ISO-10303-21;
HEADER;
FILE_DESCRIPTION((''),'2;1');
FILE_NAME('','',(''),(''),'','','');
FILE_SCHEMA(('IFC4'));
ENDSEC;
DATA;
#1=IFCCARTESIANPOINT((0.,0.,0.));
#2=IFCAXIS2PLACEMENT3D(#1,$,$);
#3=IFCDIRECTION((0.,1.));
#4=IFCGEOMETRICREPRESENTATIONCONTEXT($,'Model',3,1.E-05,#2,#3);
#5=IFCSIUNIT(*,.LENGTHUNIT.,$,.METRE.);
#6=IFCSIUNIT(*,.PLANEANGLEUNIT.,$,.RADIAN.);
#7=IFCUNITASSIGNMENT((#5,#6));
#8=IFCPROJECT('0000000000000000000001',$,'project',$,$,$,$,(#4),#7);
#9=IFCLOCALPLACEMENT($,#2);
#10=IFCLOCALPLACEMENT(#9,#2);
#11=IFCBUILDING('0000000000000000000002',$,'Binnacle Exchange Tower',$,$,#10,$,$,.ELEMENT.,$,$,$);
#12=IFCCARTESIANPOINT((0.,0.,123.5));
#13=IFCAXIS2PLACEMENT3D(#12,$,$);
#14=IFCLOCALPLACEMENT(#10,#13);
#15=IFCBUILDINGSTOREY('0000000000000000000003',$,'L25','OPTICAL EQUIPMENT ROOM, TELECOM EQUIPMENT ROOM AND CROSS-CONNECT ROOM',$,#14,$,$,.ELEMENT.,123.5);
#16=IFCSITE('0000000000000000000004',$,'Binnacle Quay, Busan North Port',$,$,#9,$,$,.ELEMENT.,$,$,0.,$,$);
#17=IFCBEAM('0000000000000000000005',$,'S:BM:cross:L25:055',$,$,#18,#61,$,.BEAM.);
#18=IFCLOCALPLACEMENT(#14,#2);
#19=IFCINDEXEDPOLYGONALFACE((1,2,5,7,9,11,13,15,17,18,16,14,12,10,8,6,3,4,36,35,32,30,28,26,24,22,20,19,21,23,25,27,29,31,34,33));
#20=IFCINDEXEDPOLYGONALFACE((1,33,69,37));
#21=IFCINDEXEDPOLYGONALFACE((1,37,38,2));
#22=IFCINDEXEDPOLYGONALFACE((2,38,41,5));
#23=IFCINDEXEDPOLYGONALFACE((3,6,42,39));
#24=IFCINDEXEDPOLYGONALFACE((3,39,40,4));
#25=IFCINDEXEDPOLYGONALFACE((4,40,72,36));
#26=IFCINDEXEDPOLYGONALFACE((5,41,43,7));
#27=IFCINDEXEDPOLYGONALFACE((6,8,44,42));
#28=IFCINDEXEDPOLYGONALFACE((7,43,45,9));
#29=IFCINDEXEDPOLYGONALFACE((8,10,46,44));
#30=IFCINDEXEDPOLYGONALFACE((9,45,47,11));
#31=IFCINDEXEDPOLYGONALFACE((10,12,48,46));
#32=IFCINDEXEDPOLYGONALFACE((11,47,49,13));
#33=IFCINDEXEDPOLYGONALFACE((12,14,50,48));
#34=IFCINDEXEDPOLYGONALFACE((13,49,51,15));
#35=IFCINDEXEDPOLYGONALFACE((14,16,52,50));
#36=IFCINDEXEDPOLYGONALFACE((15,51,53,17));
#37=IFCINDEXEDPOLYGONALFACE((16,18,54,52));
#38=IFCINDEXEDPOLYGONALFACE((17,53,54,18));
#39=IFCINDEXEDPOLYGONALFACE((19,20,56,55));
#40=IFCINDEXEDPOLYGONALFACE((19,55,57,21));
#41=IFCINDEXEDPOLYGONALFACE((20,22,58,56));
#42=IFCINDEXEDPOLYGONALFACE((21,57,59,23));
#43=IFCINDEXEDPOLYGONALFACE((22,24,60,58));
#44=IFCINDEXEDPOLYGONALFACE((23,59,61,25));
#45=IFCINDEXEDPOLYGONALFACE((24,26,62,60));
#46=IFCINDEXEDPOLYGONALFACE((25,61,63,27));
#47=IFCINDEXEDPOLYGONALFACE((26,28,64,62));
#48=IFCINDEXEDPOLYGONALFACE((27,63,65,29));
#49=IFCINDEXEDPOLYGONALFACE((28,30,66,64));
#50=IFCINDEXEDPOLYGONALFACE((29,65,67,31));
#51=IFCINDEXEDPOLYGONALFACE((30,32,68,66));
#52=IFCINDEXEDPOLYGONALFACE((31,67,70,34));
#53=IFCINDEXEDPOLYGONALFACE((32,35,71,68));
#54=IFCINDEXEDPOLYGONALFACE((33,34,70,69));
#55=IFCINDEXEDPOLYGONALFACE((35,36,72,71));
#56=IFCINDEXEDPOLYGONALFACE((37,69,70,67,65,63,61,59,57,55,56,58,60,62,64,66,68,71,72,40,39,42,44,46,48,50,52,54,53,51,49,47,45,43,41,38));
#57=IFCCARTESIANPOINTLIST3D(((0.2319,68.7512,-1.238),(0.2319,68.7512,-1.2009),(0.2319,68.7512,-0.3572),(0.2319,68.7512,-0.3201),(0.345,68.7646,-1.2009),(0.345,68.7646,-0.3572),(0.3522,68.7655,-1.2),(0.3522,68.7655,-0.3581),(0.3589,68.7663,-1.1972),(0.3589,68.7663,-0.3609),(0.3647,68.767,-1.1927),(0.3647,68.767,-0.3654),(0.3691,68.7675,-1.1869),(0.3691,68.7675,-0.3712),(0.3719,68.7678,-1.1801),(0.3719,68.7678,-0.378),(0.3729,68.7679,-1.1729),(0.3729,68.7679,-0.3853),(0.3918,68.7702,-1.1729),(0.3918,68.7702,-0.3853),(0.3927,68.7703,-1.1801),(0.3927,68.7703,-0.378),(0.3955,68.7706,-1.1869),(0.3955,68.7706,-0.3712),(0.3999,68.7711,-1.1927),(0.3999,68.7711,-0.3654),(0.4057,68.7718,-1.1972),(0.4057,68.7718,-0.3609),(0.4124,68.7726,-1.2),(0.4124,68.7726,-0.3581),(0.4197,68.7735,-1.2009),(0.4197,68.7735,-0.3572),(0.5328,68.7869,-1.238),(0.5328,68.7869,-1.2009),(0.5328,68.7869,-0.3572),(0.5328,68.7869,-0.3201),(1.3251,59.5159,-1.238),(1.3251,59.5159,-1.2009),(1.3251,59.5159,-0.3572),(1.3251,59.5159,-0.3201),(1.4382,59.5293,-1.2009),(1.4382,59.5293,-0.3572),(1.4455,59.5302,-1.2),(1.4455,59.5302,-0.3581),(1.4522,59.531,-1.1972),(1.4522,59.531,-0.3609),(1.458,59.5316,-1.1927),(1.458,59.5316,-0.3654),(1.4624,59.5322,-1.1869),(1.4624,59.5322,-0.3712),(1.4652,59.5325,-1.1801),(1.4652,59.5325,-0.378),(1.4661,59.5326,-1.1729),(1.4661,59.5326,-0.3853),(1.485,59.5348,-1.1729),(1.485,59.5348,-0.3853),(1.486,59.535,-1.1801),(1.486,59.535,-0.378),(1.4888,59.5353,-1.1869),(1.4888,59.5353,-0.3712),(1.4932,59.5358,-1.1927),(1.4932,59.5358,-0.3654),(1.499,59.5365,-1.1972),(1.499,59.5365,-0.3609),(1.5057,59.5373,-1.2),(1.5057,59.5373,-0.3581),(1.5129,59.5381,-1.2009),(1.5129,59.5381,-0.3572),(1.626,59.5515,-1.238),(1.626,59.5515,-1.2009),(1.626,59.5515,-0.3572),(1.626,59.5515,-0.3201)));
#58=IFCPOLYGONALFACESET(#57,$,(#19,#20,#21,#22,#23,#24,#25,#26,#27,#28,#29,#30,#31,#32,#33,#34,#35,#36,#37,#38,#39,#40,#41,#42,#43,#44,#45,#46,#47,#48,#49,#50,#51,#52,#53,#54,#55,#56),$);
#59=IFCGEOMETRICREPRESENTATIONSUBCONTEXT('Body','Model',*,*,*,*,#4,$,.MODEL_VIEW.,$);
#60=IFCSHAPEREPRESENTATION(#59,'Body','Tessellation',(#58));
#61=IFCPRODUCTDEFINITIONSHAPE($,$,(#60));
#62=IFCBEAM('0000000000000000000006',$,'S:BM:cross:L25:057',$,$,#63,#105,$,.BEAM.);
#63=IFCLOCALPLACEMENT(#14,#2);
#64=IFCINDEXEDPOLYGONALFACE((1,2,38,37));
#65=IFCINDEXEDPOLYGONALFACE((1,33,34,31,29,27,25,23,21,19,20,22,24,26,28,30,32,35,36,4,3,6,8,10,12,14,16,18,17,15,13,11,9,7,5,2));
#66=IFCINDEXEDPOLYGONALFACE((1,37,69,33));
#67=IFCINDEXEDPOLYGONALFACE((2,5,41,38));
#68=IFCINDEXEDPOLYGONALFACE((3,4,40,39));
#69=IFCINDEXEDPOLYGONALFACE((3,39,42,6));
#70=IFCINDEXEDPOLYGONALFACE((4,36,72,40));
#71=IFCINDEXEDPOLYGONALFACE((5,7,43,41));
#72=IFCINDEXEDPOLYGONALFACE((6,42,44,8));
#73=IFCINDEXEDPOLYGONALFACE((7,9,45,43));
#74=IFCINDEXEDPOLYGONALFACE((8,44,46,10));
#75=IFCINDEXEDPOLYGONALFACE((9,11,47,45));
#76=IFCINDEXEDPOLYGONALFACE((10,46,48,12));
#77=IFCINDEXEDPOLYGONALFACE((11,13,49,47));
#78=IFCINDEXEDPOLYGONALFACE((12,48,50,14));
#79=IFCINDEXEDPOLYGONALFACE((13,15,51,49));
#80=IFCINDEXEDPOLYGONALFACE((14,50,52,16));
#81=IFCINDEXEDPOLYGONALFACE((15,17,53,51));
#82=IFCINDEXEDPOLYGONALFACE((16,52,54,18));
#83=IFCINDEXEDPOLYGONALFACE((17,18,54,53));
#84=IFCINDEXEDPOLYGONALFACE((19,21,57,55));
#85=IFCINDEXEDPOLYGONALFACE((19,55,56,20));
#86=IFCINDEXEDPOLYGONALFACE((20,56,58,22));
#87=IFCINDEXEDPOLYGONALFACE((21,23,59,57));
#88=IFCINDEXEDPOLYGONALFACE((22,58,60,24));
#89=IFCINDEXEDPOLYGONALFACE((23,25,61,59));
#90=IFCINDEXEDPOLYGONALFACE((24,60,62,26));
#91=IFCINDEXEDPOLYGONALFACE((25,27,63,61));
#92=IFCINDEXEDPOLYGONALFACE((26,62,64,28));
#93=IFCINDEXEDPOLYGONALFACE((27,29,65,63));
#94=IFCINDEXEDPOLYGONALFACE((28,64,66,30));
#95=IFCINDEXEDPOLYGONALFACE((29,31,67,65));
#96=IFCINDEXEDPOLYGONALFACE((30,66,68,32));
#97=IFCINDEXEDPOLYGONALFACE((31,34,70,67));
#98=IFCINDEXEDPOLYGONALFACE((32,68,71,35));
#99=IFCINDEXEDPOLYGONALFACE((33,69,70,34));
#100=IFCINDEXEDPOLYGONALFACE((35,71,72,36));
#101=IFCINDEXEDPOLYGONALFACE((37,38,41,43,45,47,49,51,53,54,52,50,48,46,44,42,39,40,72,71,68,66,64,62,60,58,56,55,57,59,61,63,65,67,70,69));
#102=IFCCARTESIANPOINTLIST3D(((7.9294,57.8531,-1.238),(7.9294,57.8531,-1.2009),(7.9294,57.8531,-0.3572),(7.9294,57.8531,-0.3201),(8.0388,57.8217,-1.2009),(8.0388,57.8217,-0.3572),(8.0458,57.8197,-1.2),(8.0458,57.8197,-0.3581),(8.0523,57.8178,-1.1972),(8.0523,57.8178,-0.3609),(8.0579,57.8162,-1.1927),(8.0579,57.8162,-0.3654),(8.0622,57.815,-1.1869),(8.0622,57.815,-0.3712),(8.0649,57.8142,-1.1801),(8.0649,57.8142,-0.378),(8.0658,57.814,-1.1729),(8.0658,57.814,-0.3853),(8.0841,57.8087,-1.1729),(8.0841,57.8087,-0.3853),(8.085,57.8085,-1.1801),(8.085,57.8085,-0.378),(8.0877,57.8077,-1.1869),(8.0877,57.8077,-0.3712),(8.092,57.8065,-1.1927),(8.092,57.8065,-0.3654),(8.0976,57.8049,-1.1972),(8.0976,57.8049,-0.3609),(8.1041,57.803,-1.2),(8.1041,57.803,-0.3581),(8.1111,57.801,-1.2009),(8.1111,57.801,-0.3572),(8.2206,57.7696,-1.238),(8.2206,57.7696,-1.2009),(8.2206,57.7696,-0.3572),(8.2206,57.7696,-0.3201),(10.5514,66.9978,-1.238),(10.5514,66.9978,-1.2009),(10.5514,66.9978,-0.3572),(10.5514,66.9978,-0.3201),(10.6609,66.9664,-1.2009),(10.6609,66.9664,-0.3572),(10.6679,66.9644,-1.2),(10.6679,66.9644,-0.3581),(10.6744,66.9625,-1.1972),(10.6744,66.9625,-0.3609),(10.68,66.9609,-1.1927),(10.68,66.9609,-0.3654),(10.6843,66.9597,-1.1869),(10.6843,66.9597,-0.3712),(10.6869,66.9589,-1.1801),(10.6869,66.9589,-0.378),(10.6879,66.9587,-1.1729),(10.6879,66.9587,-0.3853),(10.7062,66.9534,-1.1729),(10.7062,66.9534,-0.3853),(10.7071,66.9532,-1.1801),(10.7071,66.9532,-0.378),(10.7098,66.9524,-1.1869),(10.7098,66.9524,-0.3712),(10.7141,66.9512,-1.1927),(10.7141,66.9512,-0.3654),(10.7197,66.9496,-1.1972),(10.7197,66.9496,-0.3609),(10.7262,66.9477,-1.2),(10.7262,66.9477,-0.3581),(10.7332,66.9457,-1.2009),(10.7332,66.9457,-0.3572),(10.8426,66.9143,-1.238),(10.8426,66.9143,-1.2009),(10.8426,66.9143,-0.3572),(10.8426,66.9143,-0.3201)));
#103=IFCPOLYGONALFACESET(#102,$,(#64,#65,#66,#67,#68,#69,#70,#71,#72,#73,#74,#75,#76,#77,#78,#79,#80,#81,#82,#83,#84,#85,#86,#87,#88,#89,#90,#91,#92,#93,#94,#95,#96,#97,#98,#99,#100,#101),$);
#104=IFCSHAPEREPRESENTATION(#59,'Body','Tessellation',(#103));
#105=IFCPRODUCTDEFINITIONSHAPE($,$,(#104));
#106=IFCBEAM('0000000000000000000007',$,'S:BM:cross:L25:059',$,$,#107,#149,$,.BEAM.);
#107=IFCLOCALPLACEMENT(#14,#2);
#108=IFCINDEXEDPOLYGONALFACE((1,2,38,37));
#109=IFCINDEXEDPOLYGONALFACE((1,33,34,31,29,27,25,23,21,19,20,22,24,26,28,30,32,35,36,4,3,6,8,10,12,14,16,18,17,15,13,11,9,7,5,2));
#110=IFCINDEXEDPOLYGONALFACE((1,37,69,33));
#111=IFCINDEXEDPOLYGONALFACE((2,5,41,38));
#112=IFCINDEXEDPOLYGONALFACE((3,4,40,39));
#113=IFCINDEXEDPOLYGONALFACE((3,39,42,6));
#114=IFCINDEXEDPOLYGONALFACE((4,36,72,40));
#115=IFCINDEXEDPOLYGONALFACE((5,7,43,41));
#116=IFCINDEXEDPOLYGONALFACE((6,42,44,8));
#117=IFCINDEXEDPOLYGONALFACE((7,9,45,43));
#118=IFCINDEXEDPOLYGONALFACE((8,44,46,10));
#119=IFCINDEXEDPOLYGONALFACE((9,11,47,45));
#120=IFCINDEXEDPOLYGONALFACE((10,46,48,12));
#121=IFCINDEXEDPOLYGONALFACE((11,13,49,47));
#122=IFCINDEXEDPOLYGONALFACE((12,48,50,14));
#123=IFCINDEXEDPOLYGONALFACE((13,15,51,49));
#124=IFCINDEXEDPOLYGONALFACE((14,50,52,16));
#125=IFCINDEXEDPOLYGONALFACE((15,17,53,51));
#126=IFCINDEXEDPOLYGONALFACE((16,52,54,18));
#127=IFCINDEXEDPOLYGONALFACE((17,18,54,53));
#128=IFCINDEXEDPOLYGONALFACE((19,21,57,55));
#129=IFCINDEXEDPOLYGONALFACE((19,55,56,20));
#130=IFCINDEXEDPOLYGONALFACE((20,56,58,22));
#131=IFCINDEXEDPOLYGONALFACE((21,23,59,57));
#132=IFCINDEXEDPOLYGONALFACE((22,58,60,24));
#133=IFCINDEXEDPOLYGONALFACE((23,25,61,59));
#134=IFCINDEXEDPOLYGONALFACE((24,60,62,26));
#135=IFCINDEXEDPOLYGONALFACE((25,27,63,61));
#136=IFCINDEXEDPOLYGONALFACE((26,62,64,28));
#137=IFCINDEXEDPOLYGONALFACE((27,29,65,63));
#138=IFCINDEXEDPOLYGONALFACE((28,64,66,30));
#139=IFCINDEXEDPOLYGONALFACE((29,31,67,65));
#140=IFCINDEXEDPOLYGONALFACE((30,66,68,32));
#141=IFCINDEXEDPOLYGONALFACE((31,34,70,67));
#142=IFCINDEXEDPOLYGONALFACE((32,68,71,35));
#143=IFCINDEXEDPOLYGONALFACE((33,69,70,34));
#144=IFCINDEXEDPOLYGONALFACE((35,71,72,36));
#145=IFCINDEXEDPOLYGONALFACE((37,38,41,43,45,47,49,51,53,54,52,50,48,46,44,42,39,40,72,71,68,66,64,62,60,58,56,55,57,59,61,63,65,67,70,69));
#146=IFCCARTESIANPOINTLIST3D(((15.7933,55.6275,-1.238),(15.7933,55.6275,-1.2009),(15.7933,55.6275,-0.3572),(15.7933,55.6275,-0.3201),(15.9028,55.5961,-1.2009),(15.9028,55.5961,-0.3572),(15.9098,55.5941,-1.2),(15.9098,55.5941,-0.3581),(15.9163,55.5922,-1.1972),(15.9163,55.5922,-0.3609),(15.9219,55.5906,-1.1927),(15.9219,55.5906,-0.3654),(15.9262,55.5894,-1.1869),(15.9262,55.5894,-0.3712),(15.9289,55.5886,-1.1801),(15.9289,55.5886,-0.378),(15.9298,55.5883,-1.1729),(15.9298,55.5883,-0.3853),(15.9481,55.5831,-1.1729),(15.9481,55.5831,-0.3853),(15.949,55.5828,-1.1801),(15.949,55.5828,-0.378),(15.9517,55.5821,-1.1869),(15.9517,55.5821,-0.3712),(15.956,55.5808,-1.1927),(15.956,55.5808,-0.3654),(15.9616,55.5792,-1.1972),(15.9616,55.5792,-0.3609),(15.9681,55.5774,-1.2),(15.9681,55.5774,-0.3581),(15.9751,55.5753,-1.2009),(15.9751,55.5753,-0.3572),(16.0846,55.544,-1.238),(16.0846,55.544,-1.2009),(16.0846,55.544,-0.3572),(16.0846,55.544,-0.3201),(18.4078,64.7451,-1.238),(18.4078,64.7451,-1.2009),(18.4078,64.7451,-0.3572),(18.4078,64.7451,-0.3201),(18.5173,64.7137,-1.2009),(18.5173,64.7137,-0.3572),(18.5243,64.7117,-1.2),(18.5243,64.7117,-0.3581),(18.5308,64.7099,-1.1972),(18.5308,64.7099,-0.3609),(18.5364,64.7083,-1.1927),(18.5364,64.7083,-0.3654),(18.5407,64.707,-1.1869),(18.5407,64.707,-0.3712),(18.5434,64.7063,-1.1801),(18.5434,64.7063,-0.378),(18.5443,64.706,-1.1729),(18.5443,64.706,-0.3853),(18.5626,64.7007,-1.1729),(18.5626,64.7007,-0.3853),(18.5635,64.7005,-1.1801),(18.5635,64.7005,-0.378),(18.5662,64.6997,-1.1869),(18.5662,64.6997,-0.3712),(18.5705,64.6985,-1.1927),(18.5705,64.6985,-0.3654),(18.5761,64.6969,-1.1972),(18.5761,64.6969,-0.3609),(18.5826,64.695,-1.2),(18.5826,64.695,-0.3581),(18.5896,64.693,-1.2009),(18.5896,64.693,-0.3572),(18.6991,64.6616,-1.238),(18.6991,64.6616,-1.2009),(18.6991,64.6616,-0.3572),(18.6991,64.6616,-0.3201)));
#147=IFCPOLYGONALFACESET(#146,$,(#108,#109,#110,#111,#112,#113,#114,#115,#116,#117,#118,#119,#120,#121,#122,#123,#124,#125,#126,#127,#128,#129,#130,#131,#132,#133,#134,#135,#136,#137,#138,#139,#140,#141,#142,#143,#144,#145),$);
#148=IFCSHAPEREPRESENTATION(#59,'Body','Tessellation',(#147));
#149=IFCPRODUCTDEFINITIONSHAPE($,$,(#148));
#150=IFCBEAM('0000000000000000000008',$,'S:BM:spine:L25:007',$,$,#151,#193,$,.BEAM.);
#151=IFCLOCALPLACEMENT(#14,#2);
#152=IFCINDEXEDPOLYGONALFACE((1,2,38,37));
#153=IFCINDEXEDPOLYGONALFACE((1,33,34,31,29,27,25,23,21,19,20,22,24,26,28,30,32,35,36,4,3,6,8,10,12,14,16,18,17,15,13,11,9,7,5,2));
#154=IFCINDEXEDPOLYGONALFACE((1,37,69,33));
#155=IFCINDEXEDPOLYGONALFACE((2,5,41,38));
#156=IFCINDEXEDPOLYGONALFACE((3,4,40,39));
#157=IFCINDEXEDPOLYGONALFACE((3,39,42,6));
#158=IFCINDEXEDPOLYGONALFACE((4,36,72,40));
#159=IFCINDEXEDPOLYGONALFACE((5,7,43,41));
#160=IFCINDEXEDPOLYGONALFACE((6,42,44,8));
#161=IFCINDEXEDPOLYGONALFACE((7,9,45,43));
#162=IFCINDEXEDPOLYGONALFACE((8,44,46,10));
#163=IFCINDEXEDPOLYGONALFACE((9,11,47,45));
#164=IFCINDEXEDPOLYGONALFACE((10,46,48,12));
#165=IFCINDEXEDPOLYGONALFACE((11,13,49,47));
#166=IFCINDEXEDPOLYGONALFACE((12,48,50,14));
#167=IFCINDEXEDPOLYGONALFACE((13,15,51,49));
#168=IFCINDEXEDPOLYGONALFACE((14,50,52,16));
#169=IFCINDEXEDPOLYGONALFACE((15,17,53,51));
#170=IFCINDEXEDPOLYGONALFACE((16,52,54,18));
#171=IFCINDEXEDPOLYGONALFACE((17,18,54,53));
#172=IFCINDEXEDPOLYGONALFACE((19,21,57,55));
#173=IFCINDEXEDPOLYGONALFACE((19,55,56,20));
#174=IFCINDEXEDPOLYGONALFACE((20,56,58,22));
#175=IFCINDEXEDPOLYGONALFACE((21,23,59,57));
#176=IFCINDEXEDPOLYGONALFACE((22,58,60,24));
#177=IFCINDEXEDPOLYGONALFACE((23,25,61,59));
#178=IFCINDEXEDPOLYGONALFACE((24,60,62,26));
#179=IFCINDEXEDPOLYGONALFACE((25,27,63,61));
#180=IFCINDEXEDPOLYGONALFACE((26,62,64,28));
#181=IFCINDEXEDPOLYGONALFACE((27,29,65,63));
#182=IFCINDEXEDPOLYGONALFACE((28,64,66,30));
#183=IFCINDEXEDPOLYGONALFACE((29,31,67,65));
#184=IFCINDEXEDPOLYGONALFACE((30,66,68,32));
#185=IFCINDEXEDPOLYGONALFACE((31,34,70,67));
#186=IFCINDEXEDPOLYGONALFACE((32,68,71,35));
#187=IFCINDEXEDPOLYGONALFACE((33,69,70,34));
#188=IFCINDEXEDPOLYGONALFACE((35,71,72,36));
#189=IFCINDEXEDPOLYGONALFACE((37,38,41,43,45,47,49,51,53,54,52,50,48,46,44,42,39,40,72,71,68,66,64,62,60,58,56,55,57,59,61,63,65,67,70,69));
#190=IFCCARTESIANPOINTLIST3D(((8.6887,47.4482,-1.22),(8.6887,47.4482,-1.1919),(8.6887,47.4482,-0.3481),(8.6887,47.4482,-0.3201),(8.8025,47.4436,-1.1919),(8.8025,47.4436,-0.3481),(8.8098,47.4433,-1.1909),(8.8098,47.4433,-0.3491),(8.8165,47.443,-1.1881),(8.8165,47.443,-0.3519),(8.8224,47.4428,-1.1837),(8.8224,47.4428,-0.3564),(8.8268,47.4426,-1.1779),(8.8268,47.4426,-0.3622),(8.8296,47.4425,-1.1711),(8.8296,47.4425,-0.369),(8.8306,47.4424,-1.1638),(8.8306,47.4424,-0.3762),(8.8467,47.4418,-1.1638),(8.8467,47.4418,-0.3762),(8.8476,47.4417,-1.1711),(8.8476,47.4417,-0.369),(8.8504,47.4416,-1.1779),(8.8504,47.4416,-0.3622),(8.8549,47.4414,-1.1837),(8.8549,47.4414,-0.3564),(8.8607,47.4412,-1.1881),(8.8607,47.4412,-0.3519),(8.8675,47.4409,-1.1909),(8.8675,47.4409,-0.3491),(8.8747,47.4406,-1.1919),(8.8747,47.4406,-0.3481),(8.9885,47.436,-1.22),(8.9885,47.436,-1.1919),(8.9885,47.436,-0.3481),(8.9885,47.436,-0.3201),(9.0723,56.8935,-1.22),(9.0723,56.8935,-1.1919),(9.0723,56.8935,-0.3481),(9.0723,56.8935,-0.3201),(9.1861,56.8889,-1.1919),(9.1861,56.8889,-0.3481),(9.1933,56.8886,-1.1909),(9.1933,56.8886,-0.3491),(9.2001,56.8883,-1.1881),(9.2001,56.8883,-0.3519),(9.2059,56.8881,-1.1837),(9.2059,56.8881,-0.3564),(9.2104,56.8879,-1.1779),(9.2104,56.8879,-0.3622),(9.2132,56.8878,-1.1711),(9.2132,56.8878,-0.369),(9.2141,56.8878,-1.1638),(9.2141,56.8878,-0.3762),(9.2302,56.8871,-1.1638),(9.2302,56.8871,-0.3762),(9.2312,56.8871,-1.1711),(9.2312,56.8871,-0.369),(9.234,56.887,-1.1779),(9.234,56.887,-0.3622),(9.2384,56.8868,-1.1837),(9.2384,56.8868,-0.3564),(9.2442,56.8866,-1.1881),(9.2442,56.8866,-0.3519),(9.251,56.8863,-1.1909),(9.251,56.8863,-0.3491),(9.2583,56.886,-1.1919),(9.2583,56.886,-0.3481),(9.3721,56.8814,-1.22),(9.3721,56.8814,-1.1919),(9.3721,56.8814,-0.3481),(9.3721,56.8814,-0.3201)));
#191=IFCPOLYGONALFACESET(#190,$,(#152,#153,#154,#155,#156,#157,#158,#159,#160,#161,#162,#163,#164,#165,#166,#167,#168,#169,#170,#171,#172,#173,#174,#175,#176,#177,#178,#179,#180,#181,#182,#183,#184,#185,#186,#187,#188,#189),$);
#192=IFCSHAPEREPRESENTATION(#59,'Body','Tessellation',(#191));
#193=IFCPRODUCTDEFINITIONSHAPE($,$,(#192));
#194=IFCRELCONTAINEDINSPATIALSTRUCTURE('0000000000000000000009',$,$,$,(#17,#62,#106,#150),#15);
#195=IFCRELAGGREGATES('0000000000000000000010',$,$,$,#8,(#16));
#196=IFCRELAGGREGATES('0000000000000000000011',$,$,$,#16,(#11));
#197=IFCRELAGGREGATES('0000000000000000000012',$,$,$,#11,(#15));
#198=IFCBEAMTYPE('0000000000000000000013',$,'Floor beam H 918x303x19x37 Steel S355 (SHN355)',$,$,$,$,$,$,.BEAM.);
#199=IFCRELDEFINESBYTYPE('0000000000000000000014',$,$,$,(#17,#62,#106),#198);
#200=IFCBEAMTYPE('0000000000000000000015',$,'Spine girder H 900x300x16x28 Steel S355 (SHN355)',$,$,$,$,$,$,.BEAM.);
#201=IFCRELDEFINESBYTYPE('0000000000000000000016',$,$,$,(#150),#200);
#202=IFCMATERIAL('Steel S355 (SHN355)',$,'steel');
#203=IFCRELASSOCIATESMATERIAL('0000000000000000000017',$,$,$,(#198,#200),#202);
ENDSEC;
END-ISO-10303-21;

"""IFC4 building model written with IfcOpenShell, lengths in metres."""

from ifc_helpers import new_model, si_unit, direction, frame, origin, origin_2d, place, context, subcontext, project, spatial, i_section, extrude, material, material_profile, profile_set, type_object, element, save


model = new_model("IFC4")

# Units and contexts
model_context = context("Model", 3, precision=1e-05, world=origin(), true_north=direction((0.0, 1.0)))
body_context = subcontext(model_context, "Body", "Model", "MODEL_VIEW")
ifc_project = project(units=[si_unit("LENGTHUNIT", "METRE"), si_unit("PLANEANGLEUNIT", "RADIAN")], contexts=[model_context])

# Site, building, storey
site_placement = place(None, origin())
site = spatial("IfcSite", under=ifc_project, at=site_placement, Name="Binnacle Quay, Busan North Port", CompositionType="ELEMENT", RefElevation=0.0)
building_placement = place(site_placement, origin())
building = spatial("IfcBuilding", under=site, at=building_placement, Name="Binnacle Exchange Tower", CompositionType="ELEMENT")
storey_placement = place(building_placement, frame((0.0, 0.0, 123.5)))
storey = spatial("IfcBuildingStorey", under=building, at=storey_placement, Name="L25", Description="OPTICAL EQUIPMENT ROOM, TELECOM EQUIPMENT ROOM AND CROSS-CONNECT ROOM", CompositionType="ELEMENT", Elevation=123.5)

# Beams
ifc_material_1 = material(Name="Steel S355 (SHN355)", Category="steel")
ifc_material_profile_1 = material_profile(ifc_material_1, i_section(OverallWidth=0.303, OverallDepth=0.918, WebThickness=0.019, FlangeThickness=0.0371, FilletRadius=0.0281, at=origin_2d()), Name="H 918x303x19x37")
ifc_profile_set_1 = profile_set([ifc_material_profile_1], Name="Steel S355 (SHN355)")
beam_type_1 = type_object("IfcBeamType", Name="Floor beam H 918x303x19x37 Steel S355 (SHN355)", PredefinedType="BEAM", material=ifc_profile_set_1)
beam_1_placement = place(storey_placement, frame((0.3823, 68.769, -0.7791), z_axis=(0.117557, -0.993066, 0.0), x_axis=(0.993066, 0.117557, 0.0)))
element("IfcBeam", 1, at=beam_1_placement, inside=storey, type_object=beam_type_1, Name="S:BM:cross:L25:055", PredefinedType="BEAM", context=body_context, shape_type="SweptSolid", body=[
    extrude(i_section(OverallWidth=0.303, OverallDepth=0.918, WebThickness=0.019, FlangeThickness=0.0371, FilletRadius=0.0281, at=origin_2d()), origin(), (0.0, 0.0, 1.0), 9.2998),
])
beam_2_placement = place(storey_placement, frame((10.697, 66.9561, -0.7791), z_axis=(-0.275623, -0.961266, 0.0), x_axis=(0.961266, -0.275623, 0.0)))
element("IfcBeam", 2, at=beam_2_placement, inside=storey, type_object=beam_type_1, Name="S:BM:cross:L25:057", PredefinedType="BEAM", context=body_context, shape_type="SweptSolid", body=[
    extrude(i_section(OverallWidth=0.303, OverallDepth=0.918, WebThickness=0.019, FlangeThickness=0.0371, FilletRadius=0.0281, at=origin_2d()), origin(), (0.0, 0.0, 1.0), 9.5132),
])
beam_3_placement = place(storey_placement, frame((18.5535, 64.7034, -0.7791), z_axis=(-0.275642, -0.96126, 0.0), x_axis=(0.96126, -0.275642, 0.0)))
element("IfcBeam", 3, at=beam_3_placement, inside=storey, type_object=beam_type_1, Name="S:BM:cross:L25:059", PredefinedType="BEAM", context=body_context, shape_type="SweptSolid", body=[
    extrude(i_section(OverallWidth=0.303, OverallDepth=0.918, WebThickness=0.019, FlangeThickness=0.0371, FilletRadius=0.0281, at=origin_2d()), origin(), (0.0, 0.0, 1.0), 9.4851),
])
ifc_material_profile_2 = material_profile(ifc_material_1, i_section(OverallWidth=0.3, OverallDepth=0.8999, WebThickness=0.0161, FlangeThickness=0.0281, FilletRadius=0.0281, at=origin_2d()), Name="H 900x300x16x28")
ifc_profile_set_2 = profile_set([ifc_material_profile_2], Name="Steel S355 (SHN355)")
beam_type_2 = type_object("IfcBeamType", Name="Spine girder H 900x300x16x28 Steel S355 (SHN355)", PredefinedType="BEAM", material=ifc_profile_set_2)
beam_4_placement = place(storey_placement, frame((9.2222, 56.8875, -0.77), z_axis=(-0.040573, -0.999177, 0.0), x_axis=(0.999177, -0.040573, 0.0)))
element("IfcBeam", 4, at=beam_4_placement, inside=storey, type_object=beam_type_2, Name="S:BM:spine:L25:007", PredefinedType="BEAM", context=body_context, shape_type="SweptSolid", body=[
    extrude(i_section(OverallWidth=0.3, OverallDepth=0.8999, WebThickness=0.0161, FlangeThickness=0.0281, FilletRadius=0.0281, at=origin_2d()), origin(), (0.0, 0.0, 1.0), 9.4531),
])

save(model, "model.ifc")
